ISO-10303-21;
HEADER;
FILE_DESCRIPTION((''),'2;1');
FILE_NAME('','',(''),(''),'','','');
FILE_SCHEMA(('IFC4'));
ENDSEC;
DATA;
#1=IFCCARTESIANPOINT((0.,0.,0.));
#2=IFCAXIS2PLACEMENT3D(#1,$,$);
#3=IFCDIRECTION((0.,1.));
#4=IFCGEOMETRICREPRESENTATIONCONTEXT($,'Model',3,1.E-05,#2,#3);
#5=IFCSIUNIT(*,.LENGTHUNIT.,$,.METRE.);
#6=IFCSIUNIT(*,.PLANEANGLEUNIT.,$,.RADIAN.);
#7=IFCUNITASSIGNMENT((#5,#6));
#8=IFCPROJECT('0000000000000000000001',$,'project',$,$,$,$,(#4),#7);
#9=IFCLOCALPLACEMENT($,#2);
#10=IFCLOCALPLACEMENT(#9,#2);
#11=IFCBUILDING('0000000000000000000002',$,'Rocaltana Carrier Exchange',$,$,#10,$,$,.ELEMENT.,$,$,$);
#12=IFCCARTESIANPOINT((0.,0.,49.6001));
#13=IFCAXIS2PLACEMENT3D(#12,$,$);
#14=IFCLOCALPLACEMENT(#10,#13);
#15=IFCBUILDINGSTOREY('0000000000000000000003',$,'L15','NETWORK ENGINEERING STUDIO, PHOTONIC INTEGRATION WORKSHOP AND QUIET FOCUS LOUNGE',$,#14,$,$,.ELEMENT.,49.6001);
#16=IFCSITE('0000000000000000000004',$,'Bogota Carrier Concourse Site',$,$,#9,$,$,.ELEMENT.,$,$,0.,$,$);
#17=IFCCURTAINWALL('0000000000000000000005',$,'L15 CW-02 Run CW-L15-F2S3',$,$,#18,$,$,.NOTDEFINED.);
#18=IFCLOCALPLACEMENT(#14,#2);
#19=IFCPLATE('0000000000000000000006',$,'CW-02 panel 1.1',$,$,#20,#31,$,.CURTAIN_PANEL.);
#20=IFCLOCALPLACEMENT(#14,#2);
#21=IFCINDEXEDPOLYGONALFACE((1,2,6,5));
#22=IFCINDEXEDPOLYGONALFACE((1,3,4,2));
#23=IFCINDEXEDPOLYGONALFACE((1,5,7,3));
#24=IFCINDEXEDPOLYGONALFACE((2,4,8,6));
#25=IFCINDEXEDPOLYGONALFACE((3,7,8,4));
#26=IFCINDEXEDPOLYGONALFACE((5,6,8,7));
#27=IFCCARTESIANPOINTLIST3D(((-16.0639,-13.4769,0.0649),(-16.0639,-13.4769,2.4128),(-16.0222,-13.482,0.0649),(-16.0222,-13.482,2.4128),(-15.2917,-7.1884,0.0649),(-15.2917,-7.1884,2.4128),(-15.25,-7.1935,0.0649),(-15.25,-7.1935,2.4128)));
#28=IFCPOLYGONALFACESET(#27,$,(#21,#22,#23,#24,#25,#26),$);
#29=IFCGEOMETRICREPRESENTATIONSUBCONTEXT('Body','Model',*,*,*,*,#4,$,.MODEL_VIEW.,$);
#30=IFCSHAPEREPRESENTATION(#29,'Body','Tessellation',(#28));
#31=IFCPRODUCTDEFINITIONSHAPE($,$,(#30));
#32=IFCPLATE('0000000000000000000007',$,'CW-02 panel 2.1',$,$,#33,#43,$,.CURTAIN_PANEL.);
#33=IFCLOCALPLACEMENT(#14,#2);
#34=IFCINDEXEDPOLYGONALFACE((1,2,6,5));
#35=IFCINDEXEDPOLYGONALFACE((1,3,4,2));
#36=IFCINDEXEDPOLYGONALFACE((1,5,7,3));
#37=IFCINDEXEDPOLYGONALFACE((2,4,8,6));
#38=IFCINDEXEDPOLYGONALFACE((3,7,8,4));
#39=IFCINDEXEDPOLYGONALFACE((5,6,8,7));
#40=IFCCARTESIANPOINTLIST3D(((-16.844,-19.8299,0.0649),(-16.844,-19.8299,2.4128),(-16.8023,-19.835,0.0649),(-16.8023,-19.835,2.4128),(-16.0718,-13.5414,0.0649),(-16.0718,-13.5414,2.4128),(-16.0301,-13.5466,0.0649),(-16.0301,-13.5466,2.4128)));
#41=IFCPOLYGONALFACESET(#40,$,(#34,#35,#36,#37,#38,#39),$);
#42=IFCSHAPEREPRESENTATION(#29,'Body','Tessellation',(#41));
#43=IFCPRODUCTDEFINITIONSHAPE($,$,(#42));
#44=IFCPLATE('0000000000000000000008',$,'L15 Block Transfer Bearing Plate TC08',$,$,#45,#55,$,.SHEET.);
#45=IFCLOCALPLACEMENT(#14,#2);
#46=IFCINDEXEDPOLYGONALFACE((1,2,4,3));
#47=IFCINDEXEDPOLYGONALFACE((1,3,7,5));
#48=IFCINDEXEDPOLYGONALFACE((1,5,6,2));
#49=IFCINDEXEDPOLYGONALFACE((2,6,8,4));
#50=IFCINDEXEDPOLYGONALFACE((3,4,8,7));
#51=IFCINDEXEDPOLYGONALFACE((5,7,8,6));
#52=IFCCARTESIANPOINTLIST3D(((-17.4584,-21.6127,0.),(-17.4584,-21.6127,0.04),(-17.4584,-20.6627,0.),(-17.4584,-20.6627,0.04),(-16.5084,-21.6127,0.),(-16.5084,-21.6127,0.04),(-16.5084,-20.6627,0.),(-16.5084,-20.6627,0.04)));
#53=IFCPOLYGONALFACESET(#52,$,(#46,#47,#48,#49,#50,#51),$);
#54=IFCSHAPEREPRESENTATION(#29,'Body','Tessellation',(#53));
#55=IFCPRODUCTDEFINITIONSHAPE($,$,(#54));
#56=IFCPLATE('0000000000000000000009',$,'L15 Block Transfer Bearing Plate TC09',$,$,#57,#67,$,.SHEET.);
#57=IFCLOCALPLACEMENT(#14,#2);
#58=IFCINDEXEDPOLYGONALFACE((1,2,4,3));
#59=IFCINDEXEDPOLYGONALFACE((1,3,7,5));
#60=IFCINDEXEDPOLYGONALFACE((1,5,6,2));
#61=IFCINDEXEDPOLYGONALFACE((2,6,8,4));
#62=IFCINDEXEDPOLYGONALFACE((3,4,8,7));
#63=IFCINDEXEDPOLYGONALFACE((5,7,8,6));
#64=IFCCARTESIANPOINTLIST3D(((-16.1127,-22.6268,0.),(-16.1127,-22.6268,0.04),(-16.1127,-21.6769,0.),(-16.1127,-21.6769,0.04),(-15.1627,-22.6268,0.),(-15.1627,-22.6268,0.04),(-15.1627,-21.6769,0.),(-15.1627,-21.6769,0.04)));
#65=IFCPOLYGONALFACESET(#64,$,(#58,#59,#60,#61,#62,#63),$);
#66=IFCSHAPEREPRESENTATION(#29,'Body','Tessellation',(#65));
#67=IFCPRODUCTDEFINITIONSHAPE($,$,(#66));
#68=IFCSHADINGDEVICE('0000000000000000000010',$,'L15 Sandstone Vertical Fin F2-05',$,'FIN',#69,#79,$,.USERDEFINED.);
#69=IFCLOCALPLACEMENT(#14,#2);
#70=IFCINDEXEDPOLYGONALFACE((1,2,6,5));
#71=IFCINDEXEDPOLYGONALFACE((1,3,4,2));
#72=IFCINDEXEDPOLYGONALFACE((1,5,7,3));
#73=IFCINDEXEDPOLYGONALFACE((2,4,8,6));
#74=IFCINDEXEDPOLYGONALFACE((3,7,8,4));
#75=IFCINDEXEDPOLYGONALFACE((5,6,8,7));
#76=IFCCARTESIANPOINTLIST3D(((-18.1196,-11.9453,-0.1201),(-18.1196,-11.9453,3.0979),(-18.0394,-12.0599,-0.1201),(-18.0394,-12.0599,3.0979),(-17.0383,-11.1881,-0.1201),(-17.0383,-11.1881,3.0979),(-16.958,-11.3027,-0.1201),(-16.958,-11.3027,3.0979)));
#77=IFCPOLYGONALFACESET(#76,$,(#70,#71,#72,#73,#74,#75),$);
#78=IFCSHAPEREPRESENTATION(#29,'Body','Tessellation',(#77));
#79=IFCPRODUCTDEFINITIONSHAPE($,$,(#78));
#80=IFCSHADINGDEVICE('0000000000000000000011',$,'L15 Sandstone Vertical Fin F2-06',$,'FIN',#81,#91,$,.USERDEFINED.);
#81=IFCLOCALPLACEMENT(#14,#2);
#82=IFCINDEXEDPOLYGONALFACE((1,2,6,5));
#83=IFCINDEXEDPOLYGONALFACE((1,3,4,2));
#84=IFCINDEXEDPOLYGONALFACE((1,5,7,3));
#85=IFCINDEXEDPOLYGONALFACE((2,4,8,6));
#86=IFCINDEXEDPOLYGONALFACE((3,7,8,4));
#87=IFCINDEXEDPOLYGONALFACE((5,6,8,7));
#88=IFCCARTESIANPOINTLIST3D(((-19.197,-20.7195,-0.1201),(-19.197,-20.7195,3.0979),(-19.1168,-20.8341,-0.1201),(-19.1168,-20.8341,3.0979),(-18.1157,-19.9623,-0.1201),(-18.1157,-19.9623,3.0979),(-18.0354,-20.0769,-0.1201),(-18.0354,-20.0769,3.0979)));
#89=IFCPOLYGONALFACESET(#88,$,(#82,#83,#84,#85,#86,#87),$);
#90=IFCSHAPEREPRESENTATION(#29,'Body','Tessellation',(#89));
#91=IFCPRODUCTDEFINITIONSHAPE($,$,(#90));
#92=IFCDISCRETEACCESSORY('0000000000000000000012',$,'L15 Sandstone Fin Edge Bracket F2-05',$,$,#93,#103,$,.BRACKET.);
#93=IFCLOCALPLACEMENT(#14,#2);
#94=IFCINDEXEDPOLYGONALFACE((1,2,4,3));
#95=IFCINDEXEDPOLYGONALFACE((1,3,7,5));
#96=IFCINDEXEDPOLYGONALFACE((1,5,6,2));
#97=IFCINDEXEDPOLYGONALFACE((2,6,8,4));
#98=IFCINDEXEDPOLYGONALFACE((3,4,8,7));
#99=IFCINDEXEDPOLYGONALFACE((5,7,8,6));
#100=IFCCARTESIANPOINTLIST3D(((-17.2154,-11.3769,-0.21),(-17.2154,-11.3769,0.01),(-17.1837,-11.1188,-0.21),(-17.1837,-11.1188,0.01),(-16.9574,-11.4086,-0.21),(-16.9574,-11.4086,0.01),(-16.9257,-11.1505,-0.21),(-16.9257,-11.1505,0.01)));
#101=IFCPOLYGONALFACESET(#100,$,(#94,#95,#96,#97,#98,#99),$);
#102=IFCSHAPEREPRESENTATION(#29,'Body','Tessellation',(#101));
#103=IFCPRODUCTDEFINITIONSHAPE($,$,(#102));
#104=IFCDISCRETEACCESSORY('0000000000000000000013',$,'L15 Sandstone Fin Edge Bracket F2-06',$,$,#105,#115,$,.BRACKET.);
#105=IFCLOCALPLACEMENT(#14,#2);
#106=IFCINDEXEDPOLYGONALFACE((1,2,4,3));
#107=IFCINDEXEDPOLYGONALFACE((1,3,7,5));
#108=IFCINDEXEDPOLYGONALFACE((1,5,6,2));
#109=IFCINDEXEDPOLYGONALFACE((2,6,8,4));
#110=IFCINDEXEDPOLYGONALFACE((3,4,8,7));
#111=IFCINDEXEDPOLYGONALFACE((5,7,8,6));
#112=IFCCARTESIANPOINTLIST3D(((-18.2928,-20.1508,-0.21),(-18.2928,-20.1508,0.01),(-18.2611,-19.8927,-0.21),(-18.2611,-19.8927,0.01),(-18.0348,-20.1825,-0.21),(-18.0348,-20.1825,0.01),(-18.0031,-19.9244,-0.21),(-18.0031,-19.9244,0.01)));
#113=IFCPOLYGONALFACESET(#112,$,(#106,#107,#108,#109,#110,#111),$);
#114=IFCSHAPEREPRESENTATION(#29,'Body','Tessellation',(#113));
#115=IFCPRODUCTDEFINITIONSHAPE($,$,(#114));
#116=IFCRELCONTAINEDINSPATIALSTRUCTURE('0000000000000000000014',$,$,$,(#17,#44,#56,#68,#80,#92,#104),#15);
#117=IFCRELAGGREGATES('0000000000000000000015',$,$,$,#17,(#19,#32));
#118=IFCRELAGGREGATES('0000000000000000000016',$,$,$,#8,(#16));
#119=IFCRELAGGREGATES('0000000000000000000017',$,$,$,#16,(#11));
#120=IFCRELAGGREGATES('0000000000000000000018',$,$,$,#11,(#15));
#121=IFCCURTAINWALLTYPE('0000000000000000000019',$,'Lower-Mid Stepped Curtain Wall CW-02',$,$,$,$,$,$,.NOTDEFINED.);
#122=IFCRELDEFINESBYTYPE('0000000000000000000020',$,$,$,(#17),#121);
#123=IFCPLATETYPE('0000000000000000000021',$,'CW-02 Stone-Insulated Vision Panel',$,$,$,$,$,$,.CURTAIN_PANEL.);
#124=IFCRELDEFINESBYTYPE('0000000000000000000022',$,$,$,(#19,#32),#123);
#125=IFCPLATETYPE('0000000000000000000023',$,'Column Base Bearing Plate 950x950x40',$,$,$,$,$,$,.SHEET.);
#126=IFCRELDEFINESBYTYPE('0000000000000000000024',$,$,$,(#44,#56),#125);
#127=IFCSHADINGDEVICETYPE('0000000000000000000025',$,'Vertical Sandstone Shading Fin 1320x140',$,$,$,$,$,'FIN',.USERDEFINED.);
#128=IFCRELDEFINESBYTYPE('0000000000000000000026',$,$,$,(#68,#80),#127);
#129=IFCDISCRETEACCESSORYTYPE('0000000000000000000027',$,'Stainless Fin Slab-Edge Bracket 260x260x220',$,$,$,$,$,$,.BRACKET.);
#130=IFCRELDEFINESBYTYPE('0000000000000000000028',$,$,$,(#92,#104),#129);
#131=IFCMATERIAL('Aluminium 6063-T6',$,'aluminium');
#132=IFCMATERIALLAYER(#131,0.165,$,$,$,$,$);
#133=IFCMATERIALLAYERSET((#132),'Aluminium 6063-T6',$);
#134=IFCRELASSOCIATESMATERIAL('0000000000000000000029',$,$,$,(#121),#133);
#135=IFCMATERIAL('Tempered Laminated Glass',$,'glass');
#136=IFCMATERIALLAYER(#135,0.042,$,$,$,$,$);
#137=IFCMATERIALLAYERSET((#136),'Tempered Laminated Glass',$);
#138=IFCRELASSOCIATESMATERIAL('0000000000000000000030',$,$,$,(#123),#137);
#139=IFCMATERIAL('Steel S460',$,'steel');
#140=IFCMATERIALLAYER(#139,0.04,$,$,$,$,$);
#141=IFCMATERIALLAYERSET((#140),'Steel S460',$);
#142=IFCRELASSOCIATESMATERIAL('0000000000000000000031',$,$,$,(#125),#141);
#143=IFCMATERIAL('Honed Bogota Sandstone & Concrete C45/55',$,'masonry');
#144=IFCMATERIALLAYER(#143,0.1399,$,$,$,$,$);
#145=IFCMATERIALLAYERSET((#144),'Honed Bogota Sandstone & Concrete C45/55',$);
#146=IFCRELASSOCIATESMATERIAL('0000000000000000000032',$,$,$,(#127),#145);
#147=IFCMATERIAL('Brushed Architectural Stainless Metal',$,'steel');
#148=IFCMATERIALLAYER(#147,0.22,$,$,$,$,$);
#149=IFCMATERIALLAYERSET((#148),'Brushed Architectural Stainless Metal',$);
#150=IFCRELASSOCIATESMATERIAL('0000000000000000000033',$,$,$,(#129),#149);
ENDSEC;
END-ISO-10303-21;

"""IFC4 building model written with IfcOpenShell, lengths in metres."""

from ifc_helpers import new_model, si_unit, direction, frame, origin, origin_2d, place, context, subcontext, project, spatial, rectangle, extrude, material, layer, layer_set, type_object, element, aggregate, save


model = new_model("IFC4")

# Units and contexts
model_context = context("Model", 3, precision=1e-05, world=origin(), true_north=direction((0.0, 1.0)))
body_context = subcontext(model_context, "Body", "Model", "MODEL_VIEW")
ifc_project = project(units=[si_unit("LENGTHUNIT", "METRE"), si_unit("PLANEANGLEUNIT", "RADIAN")], contexts=[model_context])

# Site, building, storey
site_placement = place(None, origin())
site = spatial("IfcSite", under=ifc_project, at=site_placement, Name="Bogota Carrier Concourse Site", CompositionType="ELEMENT", RefElevation=0.0)
building_placement = place(site_placement, origin())
building = spatial("IfcBuilding", under=site, at=building_placement, Name="Rocaltana Carrier Exchange", CompositionType="ELEMENT")
storey_placement = place(building_placement, frame((0.0, 0.0, 49.6001)))
storey = spatial("IfcBuildingStorey", under=building, at=storey_placement, Name="L15", Description="NETWORK ENGINEERING STUDIO, PHOTONIC INTEGRATION WORKSHOP AND QUIET FOCUS LOUNGE", CompositionType="ELEMENT", Elevation=49.6001)

# Curtain wall
ifc_material_1 = material(Name="Aluminium 6063-T6", Category="aluminium")
ifc_layer_1 = layer(ifc_material_1, 0.165)
ifc_layer_set_1 = layer_set([ifc_layer_1], Name="Aluminium 6063-T6")
curtain_wall_type = type_object("IfcCurtainWallType", Name="Lower-Mid Stepped Curtain Wall CW-02", PredefinedType="NOTDEFINED", material=ifc_layer_set_1)
curtain_wall_1_placement = place(storey_placement, origin())
curtain_wall_1 = element("IfcCurtainWall", 1, at=curtain_wall_1_placement, inside=storey, type_object=curtain_wall_type, Name="L15 CW-02 Run CW-L15-F2S3", PredefinedType="NOTDEFINED")

# Plates
ifc_material_2 = material(Name="Tempered Laminated Glass", Category="glass")
ifc_layer_2 = layer(ifc_material_2, 0.042)
ifc_layer_set_2 = layer_set([ifc_layer_2], Name="Tempered Laminated Glass")
plate_type_1 = type_object("IfcPlateType", Name="CW-02 Stone-Insulated Vision Panel", PredefinedType="CURTAIN_PANEL", material=ifc_layer_set_2)
plate_1_placement = place(storey_placement, frame((-15.657, -10.3352, 0.0649), z_axis=(0.0, 0.0, 1.0), x_axis=(-0.121881, -0.992545, 0.0)))
plate_1 = element("IfcPlate", 2, at=plate_1_placement, type_object=plate_type_1, Name="CW-02 panel 1.1", PredefinedType="CURTAIN_PANEL", context=body_context, shape_type="SweptSolid", body=[
    extrude(rectangle(XDim=6.3357, YDim=0.042, at=origin_2d()), origin(), (0.0, 0.0, 1.0), 2.3479),
])
plate_2_placement = place(storey_placement, frame((-16.437, -16.6882, 0.0649), z_axis=(0.0, 0.0, 1.0), x_axis=(-0.121881, -0.992545, 0.0)))
plate_2 = element("IfcPlate", 3, at=plate_2_placement, type_object=plate_type_1, Name="CW-02 panel 2.1", PredefinedType="CURTAIN_PANEL", context=body_context, shape_type="SweptSolid", body=[
    extrude(rectangle(XDim=6.3357, YDim=0.042, at=origin_2d()), origin(), (0.0, 0.0, 1.0), 2.3479),
])
aggregate(curtain_wall_1, [plate_1, plate_2])

# Plates
ifc_material_3 = material(Name="Steel S460", Category="steel")
ifc_layer_3 = layer(ifc_material_3, 0.04)
ifc_layer_set_3 = layer_set([ifc_layer_3], Name="Steel S460")
plate_type_2 = type_object("IfcPlateType", Name="Column Base Bearing Plate 950x950x40", PredefinedType="SHEET", material=ifc_layer_set_3)
for number, where, z_axis, x_axis, name in (
    (4, (-16.9834, -21.1377, 0.0), (0.0, 0.0, 1.0), (1.0, 0.0, 0.0), "L15 Block Transfer Bearing Plate TC08"),
    (5, (-15.6377, -22.1519, 0.0), (0.0, 0.0, 1.0), (1.0, 0.0, 0.0), "L15 Block Transfer Bearing Plate TC09"),
):
    element("IfcPlate", number, at=place(storey_placement, frame(where, z_axis=z_axis, x_axis=x_axis)), inside=storey, type_object=plate_type_2, Name=name, PredefinedType="SHEET", context=body_context, shape_type="SweptSolid", body=[
        extrude(rectangle(XDim=0.95, YDim=0.95, at=origin_2d()), origin(), (0.0, 0.0, 1.0), 0.04),
    ])

# Shading devices
ifc_material_4 = material(Name="Honed Bogota Sandstone & Concrete C45/55", Category="masonry")
ifc_layer_4 = layer(ifc_material_4, 0.1399)
ifc_layer_set_4 = layer_set([ifc_layer_4], Name="Honed Bogota Sandstone & Concrete C45/55")
shading_device_type = type_object("IfcShadingDeviceType", Name="Vertical Sandstone Shading Fin 1320x140", ElementType="FIN", PredefinedType="USERDEFINED", material=ifc_layer_set_4)
for number, where, z_axis, x_axis, name in (
    (6, (-17.5388, -11.624, -0.1201), (0.0, 0.0, 1.0), (-0.819152, -0.573576, 0.0), "L15 Sandstone Vertical Fin F2-05"),
    (7, (-18.6162, -20.3982, -0.1201), (0.0, 0.0, 1.0), (-0.819152, -0.573576, 0.0), "L15 Sandstone Vertical Fin F2-06"),
):
    element("IfcShadingDevice", number, at=place(storey_placement, frame(where, z_axis=z_axis, x_axis=x_axis)), inside=storey, type_object=shading_device_type, Name=name, ObjectType="FIN", PredefinedType="USERDEFINED", context=body_context, shape_type="SweptSolid", body=[
        extrude(rectangle(XDim=1.3201, YDim=0.1399, at=origin_2d()), origin(), (0.0, 0.0, 1.0), 3.218),
    ])

# Discrete accessories
ifc_material_5 = material(Name="Brushed Architectural Stainless Metal", Category="steel")
ifc_layer_5 = layer(ifc_material_5, 0.22)
ifc_layer_set_5 = layer_set([ifc_layer_5], Name="Brushed Architectural Stainless Metal")
discrete_accessory_type = type_object("IfcDiscreteAccessoryType", Name="Stainless Fin Slab-Edge Bracket 260x260x220", PredefinedType="BRACKET", material=ifc_layer_set_5)
for number, where, z_axis, x_axis, name in (
    (8, (-17.0706, -11.2637, -0.21), (0.0, 0.0, 1.0), (-0.121869, -0.992546, 0.0), "L15 Sandstone Fin Edge Bracket F2-05"),
    (9, (-18.1479, -20.0376, -0.21), (0.0, 0.0, 1.0), (-0.121869, -0.992546, 0.0), "L15 Sandstone Fin Edge Bracket F2-06"),
):
    element("IfcDiscreteAccessory", number, at=place(storey_placement, frame(where, z_axis=z_axis, x_axis=x_axis)), inside=storey, type_object=discrete_accessory_type, Name=name, PredefinedType="BRACKET", context=body_context, shape_type="SweptSolid", body=[
        extrude(rectangle(XDim=0.26, YDim=0.26, at=origin_2d()), origin(), (0.0, 0.0, 1.0), 0.22),
    ])

save(model, "model.ifc")
